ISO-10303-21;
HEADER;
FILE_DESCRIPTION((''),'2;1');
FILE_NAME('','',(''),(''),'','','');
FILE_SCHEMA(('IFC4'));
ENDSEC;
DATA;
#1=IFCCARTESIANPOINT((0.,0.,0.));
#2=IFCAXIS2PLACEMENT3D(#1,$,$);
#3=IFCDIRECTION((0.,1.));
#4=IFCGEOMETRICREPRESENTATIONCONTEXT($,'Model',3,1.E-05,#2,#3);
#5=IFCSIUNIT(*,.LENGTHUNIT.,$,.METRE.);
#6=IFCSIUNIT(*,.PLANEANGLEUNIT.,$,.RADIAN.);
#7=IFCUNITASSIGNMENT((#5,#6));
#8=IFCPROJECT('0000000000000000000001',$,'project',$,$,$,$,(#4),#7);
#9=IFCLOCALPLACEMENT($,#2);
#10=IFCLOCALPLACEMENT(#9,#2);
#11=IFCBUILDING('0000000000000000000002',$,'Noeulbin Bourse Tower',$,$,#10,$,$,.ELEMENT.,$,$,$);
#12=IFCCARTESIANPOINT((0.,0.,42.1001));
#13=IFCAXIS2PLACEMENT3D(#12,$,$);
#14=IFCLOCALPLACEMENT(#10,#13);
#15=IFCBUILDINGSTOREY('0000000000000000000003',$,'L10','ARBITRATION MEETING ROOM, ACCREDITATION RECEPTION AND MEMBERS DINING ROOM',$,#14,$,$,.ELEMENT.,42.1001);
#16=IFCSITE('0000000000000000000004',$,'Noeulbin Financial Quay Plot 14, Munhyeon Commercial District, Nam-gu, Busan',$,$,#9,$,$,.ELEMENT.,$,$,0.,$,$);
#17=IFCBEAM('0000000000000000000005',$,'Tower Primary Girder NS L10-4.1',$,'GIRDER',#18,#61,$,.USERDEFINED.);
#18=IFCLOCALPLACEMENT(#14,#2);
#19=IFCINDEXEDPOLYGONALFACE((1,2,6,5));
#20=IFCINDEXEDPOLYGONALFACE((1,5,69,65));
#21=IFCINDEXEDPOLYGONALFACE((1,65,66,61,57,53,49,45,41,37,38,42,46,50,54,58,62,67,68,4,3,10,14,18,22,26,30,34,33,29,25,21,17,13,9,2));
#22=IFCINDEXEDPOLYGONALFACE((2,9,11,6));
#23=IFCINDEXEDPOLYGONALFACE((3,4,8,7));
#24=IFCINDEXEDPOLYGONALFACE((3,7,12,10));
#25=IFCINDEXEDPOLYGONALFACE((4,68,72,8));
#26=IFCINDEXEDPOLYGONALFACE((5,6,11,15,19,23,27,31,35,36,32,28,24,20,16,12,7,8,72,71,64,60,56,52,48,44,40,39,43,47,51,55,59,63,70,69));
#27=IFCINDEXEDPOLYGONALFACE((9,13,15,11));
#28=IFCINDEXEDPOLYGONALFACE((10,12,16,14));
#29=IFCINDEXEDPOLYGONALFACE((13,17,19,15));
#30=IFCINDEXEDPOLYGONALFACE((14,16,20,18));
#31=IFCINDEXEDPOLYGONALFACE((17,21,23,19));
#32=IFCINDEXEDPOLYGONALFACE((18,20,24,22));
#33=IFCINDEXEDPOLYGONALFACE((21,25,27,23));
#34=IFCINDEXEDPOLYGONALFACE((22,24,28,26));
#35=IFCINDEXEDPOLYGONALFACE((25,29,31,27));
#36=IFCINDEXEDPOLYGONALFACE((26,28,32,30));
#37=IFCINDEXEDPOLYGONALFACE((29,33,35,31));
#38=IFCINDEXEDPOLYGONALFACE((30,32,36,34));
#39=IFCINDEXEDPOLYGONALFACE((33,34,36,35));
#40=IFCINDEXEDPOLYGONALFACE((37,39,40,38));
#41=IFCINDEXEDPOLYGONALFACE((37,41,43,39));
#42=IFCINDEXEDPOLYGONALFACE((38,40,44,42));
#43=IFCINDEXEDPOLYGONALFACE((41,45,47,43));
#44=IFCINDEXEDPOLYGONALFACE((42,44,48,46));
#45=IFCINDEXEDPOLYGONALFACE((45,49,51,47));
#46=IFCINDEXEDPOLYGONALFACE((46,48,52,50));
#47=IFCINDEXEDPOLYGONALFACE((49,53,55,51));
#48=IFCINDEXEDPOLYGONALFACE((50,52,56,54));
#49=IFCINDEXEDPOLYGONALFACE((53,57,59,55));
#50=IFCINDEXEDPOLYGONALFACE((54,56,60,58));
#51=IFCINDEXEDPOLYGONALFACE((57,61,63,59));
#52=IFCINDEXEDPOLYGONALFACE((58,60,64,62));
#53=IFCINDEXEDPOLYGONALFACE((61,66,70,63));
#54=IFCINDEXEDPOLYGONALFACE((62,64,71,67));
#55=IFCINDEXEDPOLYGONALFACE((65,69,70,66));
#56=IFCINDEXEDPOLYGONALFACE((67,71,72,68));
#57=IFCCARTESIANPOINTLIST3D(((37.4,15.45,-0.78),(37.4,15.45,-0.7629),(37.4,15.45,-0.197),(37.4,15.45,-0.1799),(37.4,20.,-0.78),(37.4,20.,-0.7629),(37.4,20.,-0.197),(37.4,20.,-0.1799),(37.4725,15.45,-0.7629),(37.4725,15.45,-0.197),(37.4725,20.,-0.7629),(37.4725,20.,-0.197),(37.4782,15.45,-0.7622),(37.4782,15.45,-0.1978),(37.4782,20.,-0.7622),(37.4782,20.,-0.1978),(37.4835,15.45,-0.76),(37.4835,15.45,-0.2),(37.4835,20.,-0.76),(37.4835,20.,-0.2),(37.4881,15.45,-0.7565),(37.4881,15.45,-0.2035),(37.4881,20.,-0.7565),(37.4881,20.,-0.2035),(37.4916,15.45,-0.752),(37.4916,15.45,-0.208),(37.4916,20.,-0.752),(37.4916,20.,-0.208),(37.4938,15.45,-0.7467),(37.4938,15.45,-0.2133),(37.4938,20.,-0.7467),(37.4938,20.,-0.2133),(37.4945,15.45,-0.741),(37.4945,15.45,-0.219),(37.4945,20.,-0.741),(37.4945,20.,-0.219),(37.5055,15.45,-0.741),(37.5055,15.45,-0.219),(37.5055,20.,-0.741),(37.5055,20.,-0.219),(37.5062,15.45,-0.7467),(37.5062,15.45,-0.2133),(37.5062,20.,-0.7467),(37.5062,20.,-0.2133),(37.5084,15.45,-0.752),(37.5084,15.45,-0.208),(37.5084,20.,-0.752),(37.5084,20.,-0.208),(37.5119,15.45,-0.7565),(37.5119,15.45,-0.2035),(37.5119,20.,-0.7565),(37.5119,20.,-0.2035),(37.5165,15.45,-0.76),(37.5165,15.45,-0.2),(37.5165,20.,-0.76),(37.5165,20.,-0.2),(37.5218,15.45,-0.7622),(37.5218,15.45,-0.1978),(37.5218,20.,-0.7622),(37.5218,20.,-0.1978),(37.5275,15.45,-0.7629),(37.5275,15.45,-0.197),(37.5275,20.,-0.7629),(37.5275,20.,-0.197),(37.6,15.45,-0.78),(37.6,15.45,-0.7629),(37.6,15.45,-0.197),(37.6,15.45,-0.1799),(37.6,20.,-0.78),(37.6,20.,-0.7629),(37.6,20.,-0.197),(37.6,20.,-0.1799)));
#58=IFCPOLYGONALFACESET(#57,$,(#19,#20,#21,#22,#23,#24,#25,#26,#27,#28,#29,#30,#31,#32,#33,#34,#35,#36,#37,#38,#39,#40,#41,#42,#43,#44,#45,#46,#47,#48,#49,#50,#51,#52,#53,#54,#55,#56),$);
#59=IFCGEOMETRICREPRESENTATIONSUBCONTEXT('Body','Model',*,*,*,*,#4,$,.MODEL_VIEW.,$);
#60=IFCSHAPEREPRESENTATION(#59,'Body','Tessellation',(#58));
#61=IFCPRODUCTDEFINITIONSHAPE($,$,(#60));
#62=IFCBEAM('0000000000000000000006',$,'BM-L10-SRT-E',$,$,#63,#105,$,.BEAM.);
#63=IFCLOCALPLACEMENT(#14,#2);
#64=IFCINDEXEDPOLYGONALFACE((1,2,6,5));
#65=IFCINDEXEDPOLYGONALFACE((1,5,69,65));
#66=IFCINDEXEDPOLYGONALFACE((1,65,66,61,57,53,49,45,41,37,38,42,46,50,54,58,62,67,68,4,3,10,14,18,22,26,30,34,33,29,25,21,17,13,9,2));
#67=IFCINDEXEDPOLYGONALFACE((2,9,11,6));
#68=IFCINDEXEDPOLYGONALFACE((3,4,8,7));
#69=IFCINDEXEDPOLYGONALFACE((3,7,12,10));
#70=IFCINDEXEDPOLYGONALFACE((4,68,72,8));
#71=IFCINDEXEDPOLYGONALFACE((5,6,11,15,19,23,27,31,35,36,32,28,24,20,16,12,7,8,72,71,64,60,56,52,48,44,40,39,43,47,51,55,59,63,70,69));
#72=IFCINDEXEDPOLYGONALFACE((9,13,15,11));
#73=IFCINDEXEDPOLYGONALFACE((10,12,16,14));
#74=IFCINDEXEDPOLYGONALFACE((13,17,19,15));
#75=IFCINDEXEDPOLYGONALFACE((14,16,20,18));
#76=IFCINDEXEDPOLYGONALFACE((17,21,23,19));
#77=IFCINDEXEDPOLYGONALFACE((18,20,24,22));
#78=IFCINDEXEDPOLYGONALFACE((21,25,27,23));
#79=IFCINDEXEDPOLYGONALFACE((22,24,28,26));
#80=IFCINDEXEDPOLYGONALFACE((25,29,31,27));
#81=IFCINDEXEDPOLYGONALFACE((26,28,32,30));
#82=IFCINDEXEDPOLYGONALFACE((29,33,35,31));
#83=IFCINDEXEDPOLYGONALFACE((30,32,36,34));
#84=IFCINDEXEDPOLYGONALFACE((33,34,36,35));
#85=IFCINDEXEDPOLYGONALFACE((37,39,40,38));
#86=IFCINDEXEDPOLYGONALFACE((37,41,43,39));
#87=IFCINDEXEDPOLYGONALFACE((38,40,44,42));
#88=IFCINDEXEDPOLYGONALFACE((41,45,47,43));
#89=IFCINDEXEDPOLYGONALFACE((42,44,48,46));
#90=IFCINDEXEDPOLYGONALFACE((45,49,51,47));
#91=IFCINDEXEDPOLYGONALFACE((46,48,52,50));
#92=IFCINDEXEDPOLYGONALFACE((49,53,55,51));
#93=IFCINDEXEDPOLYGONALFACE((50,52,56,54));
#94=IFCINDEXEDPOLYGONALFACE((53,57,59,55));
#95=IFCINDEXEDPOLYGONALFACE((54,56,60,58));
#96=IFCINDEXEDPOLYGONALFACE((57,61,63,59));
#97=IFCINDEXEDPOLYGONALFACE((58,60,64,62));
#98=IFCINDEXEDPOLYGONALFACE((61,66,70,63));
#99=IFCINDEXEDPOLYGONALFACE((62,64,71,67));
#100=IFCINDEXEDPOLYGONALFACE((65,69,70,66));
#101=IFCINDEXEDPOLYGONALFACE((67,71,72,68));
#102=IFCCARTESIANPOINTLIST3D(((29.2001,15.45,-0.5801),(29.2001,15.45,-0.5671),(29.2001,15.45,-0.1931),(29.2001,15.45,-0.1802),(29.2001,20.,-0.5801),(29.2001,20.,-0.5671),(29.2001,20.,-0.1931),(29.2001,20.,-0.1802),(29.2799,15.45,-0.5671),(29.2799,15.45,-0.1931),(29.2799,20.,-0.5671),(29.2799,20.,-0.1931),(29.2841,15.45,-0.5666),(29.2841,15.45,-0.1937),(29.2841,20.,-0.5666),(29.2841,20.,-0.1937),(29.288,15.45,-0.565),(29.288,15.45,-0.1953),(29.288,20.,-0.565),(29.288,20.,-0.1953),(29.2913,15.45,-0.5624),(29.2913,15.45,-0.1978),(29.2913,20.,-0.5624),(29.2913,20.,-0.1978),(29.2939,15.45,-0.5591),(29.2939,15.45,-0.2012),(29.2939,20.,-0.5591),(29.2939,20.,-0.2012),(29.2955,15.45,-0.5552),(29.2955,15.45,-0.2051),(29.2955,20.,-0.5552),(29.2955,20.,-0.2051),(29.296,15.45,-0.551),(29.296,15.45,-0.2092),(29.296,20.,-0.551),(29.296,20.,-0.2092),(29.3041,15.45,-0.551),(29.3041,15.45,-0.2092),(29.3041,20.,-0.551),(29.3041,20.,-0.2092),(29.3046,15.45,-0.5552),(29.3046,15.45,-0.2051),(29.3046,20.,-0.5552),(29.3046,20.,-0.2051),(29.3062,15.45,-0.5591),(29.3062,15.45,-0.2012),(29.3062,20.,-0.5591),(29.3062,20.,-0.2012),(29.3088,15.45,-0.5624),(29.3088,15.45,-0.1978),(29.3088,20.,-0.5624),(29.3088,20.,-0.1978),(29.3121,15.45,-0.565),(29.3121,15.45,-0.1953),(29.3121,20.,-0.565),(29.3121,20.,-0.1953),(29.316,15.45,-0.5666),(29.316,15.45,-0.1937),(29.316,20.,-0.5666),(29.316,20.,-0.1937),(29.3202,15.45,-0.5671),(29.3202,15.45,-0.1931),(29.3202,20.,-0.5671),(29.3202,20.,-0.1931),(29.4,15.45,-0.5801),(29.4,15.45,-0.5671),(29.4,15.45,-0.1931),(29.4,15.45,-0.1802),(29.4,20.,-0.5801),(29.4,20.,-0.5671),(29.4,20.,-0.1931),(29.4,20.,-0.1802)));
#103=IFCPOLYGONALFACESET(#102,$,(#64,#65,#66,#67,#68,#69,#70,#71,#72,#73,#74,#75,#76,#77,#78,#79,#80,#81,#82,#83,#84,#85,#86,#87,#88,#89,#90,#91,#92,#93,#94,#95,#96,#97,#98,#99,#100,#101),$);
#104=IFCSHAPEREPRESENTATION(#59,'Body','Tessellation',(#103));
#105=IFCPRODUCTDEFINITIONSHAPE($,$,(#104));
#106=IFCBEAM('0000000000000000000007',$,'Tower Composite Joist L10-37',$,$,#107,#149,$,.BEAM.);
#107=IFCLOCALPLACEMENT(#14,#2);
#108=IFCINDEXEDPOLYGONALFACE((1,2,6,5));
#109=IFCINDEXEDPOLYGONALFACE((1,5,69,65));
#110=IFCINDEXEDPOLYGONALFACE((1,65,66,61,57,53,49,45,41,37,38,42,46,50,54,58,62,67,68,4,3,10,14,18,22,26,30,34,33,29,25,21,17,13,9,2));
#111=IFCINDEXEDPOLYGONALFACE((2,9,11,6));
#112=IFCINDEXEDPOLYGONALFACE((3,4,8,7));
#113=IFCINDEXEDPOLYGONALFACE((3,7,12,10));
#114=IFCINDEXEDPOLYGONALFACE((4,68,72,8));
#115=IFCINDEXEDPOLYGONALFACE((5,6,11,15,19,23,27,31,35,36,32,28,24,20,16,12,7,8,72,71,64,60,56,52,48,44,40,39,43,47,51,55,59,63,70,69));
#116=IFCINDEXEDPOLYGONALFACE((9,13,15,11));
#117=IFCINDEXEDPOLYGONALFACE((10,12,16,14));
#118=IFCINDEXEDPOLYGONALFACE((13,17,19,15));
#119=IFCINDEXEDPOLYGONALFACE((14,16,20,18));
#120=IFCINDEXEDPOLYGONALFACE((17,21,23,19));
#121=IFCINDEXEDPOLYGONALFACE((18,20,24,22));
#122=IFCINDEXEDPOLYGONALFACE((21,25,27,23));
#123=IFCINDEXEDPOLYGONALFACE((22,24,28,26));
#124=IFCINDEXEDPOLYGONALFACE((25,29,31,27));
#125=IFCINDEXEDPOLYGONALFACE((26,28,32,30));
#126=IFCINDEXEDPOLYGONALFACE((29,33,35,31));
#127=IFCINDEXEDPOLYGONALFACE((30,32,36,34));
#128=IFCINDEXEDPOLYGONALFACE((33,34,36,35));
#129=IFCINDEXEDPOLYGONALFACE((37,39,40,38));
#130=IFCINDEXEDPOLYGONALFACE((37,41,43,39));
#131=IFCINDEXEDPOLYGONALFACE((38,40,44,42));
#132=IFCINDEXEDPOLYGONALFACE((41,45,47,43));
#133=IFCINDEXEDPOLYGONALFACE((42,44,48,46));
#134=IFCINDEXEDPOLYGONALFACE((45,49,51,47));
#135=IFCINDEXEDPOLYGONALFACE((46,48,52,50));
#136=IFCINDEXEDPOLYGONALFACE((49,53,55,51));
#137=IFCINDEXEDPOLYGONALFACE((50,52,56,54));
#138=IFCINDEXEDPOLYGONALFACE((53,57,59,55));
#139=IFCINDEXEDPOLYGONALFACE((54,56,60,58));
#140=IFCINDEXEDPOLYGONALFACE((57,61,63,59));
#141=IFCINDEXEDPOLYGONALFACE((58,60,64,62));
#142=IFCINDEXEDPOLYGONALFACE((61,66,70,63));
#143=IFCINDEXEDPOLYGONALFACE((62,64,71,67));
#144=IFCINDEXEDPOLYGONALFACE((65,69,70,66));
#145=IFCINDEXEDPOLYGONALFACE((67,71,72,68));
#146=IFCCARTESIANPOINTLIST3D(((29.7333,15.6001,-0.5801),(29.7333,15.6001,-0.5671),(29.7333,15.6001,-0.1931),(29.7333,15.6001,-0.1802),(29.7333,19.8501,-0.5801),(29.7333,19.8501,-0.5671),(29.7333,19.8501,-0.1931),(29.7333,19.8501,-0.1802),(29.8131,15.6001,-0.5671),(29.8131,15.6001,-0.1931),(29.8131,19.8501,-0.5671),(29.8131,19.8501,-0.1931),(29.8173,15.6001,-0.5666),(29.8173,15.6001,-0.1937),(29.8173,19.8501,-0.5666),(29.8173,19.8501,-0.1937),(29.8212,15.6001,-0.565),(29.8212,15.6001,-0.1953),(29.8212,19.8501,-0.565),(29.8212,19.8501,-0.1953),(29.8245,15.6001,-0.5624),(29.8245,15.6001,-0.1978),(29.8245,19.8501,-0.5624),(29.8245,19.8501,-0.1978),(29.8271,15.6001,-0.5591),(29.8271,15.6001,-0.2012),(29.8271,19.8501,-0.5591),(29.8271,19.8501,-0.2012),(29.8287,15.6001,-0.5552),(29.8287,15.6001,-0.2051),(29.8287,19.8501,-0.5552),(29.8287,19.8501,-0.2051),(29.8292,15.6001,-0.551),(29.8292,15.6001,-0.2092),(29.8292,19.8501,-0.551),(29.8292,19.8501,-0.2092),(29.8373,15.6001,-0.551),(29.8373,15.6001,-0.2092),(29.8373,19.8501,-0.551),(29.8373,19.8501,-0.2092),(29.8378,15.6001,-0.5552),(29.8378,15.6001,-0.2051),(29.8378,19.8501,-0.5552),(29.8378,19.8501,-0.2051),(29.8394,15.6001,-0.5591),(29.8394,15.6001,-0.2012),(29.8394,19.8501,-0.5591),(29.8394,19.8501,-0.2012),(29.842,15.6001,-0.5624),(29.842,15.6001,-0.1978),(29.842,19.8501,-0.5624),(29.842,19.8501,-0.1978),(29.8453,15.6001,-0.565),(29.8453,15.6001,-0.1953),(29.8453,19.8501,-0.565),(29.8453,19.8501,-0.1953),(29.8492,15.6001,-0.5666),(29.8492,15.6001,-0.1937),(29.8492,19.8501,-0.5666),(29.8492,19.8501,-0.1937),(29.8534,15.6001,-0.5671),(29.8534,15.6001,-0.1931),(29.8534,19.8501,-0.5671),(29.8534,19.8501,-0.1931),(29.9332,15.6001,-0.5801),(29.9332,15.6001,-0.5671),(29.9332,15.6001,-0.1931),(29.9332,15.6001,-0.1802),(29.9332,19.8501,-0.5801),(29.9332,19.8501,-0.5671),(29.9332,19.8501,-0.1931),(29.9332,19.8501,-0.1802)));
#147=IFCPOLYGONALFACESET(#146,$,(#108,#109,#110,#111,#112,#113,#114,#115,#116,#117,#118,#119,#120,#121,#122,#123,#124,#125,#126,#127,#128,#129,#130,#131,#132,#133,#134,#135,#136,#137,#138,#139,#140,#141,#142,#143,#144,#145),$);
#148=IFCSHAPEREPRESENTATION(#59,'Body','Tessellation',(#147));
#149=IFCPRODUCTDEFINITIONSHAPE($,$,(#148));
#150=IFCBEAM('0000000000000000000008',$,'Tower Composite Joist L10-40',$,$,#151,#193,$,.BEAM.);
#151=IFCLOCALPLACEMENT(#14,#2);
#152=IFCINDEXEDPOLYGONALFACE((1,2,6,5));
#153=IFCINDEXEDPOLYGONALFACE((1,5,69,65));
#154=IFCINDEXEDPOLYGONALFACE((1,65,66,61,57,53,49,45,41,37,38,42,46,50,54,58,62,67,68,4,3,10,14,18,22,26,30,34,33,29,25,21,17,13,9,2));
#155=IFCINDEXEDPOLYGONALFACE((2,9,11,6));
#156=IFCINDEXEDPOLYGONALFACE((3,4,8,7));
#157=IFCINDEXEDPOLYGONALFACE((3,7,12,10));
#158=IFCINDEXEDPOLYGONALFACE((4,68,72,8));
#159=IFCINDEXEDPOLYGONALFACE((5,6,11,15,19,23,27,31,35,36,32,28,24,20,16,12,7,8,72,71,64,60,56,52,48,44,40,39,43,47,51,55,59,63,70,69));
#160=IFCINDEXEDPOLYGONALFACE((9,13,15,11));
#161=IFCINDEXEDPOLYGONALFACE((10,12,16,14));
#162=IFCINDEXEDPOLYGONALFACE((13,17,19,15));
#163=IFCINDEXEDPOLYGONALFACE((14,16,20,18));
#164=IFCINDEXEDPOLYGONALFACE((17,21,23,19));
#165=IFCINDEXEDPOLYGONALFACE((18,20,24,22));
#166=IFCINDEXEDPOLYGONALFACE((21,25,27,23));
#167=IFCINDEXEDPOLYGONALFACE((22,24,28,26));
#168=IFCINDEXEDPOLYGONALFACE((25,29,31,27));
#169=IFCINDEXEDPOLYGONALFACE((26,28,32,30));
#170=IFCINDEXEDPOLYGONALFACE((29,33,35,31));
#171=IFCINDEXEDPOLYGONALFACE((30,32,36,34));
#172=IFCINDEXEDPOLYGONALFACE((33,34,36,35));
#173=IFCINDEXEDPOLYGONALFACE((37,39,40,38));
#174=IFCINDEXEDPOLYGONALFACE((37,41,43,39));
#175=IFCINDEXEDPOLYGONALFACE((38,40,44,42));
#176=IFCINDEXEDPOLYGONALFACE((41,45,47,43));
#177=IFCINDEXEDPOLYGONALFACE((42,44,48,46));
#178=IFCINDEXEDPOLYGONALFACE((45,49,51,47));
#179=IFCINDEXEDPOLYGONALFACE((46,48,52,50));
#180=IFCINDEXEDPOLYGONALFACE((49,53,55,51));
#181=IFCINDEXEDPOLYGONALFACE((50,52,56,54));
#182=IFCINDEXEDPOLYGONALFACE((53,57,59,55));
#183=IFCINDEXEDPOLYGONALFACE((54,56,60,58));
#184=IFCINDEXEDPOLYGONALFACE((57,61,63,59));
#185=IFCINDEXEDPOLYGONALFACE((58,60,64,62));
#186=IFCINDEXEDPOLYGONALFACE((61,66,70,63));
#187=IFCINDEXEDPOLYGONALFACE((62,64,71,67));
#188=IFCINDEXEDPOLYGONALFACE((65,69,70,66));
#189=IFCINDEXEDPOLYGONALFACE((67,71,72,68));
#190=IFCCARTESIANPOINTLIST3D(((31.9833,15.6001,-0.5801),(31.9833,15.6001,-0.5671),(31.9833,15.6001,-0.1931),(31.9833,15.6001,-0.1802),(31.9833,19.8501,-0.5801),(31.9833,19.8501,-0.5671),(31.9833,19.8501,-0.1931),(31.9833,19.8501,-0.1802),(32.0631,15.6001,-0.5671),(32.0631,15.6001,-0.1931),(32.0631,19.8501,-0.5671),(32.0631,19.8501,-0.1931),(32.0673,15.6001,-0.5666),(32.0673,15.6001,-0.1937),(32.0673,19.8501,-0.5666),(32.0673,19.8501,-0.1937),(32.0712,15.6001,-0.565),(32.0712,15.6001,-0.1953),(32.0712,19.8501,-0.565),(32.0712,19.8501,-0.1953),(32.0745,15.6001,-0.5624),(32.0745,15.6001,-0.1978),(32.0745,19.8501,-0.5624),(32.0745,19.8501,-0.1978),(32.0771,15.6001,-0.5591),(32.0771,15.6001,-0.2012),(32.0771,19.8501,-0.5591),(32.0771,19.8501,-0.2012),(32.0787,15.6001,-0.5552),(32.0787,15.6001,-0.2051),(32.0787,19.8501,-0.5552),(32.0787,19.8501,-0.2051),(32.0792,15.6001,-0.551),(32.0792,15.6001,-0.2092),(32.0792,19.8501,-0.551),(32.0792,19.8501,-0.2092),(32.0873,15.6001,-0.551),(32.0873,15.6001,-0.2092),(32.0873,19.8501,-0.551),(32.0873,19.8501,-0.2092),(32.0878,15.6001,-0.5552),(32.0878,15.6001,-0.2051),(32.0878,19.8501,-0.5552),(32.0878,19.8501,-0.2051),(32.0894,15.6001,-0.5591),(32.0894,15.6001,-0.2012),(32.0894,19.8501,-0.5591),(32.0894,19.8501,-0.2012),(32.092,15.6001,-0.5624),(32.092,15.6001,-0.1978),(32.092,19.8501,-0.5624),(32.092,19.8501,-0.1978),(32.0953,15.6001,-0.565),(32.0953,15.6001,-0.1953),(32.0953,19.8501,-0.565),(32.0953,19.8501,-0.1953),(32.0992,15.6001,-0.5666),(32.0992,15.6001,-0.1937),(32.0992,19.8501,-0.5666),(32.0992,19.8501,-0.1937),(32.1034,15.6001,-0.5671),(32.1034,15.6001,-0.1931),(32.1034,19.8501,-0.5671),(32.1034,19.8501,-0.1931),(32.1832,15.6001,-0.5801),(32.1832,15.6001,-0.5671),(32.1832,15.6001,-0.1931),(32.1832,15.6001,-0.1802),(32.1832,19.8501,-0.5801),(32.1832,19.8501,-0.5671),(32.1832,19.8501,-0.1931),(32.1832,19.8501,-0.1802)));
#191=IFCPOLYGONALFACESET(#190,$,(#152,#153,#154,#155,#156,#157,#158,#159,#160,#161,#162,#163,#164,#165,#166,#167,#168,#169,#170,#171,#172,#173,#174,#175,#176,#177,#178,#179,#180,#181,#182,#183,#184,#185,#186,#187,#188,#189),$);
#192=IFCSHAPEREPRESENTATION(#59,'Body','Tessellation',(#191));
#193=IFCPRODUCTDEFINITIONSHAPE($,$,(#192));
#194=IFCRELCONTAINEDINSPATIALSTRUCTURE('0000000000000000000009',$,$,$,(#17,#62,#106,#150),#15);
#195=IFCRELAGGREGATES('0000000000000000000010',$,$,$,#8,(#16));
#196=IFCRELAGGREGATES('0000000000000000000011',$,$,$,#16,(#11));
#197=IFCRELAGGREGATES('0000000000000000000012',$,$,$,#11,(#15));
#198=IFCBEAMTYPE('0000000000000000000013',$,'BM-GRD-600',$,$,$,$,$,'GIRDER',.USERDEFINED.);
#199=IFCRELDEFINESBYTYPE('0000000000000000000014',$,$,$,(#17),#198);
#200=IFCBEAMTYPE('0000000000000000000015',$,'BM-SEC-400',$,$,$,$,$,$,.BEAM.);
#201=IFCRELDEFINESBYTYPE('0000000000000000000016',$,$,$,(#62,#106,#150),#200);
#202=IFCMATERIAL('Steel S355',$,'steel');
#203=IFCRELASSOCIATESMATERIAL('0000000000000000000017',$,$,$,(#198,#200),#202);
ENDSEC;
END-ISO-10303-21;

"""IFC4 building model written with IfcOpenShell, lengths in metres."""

from ifc_helpers import new_model, si_unit, direction, frame, origin, origin_2d, place, context, subcontext, project, spatial, i_section, extrude, material, material_profile, profile_set, type_object, element, save


model = new_model("IFC4")

# Units and contexts
model_context = context("Model", 3, precision=1e-05, world=origin(), true_north=direction((0.0, 1.0)))
body_context = subcontext(model_context, "Body", "Model", "MODEL_VIEW")
ifc_project = project(units=[si_unit("LENGTHUNIT", "METRE"), si_unit("PLANEANGLEUNIT", "RADIAN")], contexts=[model_context])

# Site, building, storey
site_placement = place(None, origin())
site = spatial("IfcSite", under=ifc_project, at=site_placement, Name="Noeulbin Financial Quay Plot 14, Munhyeon Commercial District, Nam-gu, Busan", CompositionType="ELEMENT", RefElevation=0.0)
building_placement = place(site_placement, origin())
building = spatial("IfcBuilding", under=site, at=building_placement, Name="Noeulbin Bourse Tower", CompositionType="ELEMENT")
storey_placement = place(building_placement, frame((0.0, 0.0, 42.1001)))
storey = spatial("IfcBuildingStorey", under=building, at=storey_placement, Name="L10", Description="ARBITRATION MEETING ROOM, ACCREDITATION RECEPTION AND MEMBERS DINING ROOM", CompositionType="ELEMENT", Elevation=42.1001)

# Beams
ifc_material_1 = material(Name="Steel S355", Category="steel")
ifc_material_profile_1 = material_profile(ifc_material_1, i_section(OverallWidth=0.2, OverallDepth=0.6001, WebThickness=0.011, FlangeThickness=0.0171, FilletRadius=0.022, at=origin_2d()), Name="H-600x200x11x17", Category="LoadBearing")
ifc_profile_set_1 = profile_set([ifc_material_profile_1], Name="Steel S355")
beam_type_1 = type_object("IfcBeamType", Name="BM-GRD-600", ElementType="GIRDER", PredefinedType="USERDEFINED", material=ifc_profile_set_1)
for number, where, z_axis, x_axis, name in (
    (1, (37.5, 15.45, -0.48), (0.0, 1.0, 0.0), (-1.0, 0.0, 0.0), "Tower Primary Girder NS L10-4.1"),
):
    element("IfcBeam", number, at=place(storey_placement, frame(where, z_axis=z_axis, x_axis=x_axis)), inside=storey, type_object=beam_type_1, Name=name, ObjectType="GIRDER", PredefinedType="USERDEFINED", context=body_context, shape_type="SweptSolid", body=[
        extrude(i_section(OverallWidth=0.2, OverallDepth=0.6001, WebThickness=0.011, FlangeThickness=0.0171, FilletRadius=0.022, at=origin_2d()), origin(), (0.0, 0.0, 1.0), 4.55),
    ])
ifc_material_profile_2 = material_profile(ifc_material_1, i_section(OverallWidth=0.2, OverallDepth=0.3999, WebThickness=0.0081, FlangeThickness=0.0129, FilletRadius=0.0161, at=origin_2d()), Name="H-400x200x8x13", Category="LoadBearing")
ifc_profile_set_2 = profile_set([ifc_material_profile_2], Name="Steel S355")
beam_type_2 = type_object("IfcBeamType", Name="BM-SEC-400", PredefinedType="BEAM", material=ifc_profile_set_2)
beam_1_placement = place(storey_placement, frame((29.3, 15.45, -0.3801), z_axis=(0.0, 1.0, 0.0), x_axis=(-1.0, 0.0, 0.0)))
element("IfcBeam", 2, at=beam_1_placement, inside=storey, type_object=beam_type_2, Name="BM-L10-SRT-E", PredefinedType="BEAM", context=body_context, shape_type="SweptSolid", body=[
    extrude(i_section(OverallWidth=0.2, OverallDepth=0.3999, WebThickness=0.0081, FlangeThickness=0.0129, FilletRadius=0.0161, at=origin_2d()), origin(), (0.0, 0.0, 1.0), 4.55),
])
for number, where, z_axis, x_axis, name in (
    (3, (29.8333, 15.6001, -0.3801), (0.0, 1.0, 0.0), (-1.0, 0.0, 0.0), "Tower Composite Joist L10-37"),
    (4, (32.0833, 15.6001, -0.3801), (0.0, 1.0, 0.0), (-1.0, 0.0, 0.0), "Tower Composite Joist L10-40"),
):
    element("IfcBeam", number, at=place(storey_placement, frame(where, z_axis=z_axis, x_axis=x_axis)), inside=storey, type_object=beam_type_2, Name=name, PredefinedType="BEAM", context=body_context, shape_type="SweptSolid", body=[
        extrude(i_section(OverallWidth=0.2, OverallDepth=0.3999, WebThickness=0.0081, FlangeThickness=0.0129, FilletRadius=0.0161, at=origin_2d()), origin(), (0.0, 0.0, 1.0), 4.25),
    ])

save(model, "model.ifc")
